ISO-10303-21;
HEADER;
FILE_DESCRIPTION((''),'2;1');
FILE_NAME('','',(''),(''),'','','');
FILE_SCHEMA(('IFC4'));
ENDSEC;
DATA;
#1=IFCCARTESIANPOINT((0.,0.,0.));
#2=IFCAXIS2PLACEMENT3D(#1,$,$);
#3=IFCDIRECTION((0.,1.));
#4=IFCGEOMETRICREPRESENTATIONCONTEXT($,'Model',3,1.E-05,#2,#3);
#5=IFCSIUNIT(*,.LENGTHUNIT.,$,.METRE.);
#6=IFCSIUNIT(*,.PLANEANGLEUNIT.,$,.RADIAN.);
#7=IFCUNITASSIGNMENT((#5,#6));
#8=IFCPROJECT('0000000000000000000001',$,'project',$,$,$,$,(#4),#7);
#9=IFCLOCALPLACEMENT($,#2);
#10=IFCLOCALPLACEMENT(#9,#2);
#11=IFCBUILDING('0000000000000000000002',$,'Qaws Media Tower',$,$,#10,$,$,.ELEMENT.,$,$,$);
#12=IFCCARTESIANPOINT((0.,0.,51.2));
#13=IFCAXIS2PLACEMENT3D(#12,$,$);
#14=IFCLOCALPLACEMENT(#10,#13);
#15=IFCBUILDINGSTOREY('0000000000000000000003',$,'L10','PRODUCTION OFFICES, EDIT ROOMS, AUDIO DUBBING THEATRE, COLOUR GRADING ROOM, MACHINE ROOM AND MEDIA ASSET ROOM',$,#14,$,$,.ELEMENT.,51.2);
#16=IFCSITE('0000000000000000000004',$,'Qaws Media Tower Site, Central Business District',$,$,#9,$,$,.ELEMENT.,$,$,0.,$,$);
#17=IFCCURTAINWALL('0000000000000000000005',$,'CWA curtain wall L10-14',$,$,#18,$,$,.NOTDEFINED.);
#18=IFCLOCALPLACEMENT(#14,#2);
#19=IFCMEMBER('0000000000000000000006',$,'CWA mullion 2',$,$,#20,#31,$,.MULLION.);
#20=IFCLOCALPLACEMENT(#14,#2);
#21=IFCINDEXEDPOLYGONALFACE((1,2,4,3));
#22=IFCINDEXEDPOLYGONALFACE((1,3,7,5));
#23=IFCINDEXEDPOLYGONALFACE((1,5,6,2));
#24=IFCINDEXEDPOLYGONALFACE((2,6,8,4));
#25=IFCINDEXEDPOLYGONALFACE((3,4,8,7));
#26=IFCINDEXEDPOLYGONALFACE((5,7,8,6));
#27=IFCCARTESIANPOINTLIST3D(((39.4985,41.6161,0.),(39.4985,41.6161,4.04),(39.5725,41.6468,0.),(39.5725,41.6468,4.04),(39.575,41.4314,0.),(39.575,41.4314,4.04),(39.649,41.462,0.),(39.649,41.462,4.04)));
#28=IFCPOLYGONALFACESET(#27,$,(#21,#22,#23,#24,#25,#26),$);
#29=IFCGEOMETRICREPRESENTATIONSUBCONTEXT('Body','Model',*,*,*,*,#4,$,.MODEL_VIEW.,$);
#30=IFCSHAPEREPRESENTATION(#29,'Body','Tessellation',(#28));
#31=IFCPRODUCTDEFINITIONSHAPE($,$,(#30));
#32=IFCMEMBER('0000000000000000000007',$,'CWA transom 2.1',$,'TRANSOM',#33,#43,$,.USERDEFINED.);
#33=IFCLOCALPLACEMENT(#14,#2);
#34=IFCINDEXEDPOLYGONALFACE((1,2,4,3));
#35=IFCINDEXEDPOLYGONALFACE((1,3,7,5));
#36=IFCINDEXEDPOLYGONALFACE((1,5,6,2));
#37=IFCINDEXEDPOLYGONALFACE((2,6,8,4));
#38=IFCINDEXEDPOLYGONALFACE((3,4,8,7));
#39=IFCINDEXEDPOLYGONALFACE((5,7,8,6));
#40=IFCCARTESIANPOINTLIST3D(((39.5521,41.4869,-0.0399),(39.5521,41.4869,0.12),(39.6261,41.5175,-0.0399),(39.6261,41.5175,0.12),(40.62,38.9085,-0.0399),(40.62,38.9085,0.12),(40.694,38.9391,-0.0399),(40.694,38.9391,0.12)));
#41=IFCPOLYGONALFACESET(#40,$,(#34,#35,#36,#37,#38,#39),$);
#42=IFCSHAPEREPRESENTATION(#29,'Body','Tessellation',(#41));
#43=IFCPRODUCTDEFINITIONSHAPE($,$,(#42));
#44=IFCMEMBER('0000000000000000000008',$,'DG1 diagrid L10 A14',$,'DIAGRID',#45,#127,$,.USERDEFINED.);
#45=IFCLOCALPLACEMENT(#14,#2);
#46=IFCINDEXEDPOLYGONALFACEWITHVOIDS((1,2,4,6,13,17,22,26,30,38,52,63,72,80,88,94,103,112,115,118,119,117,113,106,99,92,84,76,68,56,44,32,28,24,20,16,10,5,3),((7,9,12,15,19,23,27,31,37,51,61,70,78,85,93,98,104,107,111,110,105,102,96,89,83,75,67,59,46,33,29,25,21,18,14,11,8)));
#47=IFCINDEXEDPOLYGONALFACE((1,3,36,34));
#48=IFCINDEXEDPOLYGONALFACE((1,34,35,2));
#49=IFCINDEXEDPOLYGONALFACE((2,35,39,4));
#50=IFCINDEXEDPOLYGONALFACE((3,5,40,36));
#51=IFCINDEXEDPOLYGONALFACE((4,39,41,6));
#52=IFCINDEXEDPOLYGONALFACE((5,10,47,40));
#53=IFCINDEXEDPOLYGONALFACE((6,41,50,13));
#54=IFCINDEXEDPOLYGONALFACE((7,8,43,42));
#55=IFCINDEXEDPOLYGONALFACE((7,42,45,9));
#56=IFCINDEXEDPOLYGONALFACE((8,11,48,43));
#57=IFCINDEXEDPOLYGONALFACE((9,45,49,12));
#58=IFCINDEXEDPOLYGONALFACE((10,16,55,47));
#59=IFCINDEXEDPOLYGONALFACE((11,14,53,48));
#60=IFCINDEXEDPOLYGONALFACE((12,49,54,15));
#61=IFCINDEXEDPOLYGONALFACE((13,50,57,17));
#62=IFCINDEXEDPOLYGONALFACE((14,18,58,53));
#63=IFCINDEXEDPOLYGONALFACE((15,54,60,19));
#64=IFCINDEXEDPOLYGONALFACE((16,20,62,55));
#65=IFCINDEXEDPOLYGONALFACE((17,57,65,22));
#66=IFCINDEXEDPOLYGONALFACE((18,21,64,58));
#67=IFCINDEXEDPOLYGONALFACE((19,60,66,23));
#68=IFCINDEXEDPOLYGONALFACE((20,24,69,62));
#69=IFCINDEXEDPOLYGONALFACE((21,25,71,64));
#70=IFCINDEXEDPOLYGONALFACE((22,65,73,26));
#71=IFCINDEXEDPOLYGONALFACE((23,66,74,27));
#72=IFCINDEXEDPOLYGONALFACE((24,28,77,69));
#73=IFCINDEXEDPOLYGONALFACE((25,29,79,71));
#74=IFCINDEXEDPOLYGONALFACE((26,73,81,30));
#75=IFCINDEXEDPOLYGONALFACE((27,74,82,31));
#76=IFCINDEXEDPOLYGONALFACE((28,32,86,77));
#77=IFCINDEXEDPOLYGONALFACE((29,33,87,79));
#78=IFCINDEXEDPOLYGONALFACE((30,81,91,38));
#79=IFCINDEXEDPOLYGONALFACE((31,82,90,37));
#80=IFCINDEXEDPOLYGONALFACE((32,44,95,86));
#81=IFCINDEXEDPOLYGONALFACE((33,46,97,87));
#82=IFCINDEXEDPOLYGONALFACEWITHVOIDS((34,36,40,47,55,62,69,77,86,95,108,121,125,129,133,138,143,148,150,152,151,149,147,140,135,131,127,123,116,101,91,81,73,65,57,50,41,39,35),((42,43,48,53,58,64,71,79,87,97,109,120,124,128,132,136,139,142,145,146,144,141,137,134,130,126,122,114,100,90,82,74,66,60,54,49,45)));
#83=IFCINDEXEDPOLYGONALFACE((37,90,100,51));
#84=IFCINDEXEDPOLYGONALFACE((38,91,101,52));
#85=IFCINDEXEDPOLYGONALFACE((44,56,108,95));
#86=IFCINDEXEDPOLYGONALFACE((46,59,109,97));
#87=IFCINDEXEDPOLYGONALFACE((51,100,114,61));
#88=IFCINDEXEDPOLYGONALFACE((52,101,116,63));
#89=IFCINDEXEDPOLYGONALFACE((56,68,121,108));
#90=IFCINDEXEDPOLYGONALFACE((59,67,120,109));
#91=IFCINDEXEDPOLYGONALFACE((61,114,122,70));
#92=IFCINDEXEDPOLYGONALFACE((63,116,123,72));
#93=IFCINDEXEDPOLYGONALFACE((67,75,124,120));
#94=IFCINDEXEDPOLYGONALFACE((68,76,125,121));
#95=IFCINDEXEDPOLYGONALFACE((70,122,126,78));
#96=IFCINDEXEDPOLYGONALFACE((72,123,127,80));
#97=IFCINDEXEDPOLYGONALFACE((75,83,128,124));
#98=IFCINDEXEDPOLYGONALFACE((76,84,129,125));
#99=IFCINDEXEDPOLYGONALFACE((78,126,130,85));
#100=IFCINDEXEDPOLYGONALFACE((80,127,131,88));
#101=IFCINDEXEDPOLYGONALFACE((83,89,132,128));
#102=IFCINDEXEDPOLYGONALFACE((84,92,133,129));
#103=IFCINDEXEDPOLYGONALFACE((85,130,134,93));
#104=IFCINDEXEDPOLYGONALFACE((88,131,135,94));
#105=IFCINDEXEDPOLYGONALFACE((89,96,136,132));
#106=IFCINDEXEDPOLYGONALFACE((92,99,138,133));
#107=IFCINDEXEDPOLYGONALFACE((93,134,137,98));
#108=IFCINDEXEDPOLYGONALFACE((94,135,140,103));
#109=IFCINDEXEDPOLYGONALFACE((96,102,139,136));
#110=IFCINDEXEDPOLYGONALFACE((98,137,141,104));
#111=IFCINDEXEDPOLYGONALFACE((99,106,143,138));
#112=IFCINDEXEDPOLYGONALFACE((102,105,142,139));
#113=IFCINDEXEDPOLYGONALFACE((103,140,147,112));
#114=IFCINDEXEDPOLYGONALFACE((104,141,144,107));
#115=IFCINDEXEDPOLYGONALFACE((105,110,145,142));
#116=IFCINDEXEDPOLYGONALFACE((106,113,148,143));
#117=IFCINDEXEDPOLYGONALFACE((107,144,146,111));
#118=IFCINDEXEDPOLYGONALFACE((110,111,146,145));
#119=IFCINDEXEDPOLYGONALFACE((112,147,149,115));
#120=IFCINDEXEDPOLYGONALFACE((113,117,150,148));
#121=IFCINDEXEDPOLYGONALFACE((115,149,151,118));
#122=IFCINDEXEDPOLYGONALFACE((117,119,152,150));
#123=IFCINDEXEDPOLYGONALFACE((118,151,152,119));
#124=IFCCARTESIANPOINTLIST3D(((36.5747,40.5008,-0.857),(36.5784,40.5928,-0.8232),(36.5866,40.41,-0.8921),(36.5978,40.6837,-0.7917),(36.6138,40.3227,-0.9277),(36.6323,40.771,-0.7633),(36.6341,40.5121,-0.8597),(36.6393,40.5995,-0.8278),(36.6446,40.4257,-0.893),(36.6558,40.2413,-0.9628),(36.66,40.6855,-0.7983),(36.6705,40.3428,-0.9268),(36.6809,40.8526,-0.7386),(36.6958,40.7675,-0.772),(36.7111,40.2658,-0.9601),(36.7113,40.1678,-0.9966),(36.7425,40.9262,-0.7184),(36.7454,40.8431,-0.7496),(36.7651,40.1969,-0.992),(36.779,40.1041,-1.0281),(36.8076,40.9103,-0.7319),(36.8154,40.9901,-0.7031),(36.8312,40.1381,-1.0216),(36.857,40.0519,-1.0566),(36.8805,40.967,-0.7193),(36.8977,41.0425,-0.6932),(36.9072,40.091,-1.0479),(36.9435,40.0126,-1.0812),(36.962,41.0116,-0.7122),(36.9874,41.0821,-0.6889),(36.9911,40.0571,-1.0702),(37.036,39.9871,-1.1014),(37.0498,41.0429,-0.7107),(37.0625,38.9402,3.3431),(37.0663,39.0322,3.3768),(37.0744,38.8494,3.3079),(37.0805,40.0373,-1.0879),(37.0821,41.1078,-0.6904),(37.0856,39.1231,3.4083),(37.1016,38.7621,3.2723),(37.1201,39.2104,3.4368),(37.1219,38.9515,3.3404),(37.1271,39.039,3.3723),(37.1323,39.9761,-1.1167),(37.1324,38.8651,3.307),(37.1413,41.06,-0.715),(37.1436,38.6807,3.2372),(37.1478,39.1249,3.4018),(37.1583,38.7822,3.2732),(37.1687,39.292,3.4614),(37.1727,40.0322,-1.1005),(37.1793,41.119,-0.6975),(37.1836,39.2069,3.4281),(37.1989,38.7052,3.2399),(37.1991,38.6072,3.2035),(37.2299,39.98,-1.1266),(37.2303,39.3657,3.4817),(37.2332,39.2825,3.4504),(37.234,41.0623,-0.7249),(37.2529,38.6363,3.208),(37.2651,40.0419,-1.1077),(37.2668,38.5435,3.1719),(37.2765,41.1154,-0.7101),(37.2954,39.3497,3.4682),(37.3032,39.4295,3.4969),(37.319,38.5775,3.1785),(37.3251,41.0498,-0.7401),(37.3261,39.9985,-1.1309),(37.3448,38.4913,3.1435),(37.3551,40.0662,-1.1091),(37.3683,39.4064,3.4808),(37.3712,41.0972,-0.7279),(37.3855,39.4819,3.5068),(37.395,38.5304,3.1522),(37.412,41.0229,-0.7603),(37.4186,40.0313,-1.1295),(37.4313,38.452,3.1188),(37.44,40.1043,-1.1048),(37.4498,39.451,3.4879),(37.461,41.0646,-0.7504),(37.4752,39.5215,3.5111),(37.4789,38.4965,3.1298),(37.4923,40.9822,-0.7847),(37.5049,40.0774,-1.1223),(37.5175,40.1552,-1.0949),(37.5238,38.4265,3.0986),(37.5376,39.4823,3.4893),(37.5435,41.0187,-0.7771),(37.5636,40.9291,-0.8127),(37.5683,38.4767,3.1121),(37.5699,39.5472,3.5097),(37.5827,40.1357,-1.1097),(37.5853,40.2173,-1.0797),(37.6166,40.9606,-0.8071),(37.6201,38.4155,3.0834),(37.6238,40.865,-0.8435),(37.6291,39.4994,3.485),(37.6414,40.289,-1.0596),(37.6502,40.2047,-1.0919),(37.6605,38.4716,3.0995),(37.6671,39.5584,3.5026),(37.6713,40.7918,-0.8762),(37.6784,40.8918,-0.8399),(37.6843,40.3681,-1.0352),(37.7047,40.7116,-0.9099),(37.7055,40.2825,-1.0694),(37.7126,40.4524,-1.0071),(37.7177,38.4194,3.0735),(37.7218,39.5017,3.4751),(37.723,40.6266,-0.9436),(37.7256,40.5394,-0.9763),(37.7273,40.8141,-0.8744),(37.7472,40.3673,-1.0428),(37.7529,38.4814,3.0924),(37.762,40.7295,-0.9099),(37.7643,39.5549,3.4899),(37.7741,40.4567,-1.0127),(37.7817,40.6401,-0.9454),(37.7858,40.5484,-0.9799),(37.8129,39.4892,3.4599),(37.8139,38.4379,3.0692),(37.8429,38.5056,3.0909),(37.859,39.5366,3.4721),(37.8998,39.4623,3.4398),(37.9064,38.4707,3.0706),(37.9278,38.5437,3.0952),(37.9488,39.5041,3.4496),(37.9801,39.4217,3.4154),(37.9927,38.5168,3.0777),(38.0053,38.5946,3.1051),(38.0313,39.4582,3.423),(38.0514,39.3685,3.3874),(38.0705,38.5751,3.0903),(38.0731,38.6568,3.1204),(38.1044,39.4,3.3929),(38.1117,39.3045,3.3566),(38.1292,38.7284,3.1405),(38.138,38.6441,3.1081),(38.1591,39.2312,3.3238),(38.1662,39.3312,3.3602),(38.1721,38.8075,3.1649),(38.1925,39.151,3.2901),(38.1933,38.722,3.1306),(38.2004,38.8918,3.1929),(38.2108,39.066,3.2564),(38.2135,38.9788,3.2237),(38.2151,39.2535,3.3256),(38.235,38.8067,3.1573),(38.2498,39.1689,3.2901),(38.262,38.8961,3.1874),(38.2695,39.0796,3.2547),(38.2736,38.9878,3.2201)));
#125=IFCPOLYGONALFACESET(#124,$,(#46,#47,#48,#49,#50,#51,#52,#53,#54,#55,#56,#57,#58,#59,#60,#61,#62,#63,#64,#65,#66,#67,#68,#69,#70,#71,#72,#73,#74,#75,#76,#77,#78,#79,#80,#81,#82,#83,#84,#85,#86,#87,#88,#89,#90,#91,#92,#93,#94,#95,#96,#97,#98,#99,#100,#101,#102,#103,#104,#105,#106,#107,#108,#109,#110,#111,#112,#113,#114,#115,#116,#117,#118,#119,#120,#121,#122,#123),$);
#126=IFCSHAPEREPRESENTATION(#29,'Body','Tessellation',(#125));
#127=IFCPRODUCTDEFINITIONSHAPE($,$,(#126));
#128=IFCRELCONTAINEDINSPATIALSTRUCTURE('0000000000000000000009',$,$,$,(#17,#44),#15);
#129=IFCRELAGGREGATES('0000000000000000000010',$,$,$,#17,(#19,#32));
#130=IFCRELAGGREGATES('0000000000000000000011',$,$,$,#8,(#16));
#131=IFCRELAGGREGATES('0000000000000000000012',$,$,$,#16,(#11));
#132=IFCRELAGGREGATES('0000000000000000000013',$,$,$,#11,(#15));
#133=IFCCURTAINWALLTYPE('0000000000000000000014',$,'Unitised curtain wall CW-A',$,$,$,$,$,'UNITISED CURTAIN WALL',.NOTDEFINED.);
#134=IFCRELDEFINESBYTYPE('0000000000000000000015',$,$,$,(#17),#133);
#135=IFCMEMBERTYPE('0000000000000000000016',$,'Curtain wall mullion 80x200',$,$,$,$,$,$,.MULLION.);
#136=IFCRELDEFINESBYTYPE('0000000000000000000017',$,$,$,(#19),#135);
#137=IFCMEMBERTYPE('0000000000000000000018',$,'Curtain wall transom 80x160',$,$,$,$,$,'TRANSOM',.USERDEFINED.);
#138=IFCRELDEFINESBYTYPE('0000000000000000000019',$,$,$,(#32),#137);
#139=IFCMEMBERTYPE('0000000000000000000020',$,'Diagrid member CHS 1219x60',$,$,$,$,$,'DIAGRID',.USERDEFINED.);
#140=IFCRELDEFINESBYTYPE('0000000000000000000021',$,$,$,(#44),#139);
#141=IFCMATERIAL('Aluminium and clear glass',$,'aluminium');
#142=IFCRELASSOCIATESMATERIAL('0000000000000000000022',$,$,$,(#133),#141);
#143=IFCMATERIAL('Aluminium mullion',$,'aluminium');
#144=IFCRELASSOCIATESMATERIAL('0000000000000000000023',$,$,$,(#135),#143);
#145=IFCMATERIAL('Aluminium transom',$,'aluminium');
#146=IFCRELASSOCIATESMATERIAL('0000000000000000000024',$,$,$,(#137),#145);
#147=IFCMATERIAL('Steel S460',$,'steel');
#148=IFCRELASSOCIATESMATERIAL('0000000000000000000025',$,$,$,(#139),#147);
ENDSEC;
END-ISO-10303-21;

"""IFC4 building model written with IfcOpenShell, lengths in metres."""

from ifc_helpers import new_model, si_unit, direction, frame, origin, origin_2d, place, context, subcontext, project, spatial, rectangle, hollow_circle, extrude, material, material_profile, profile_set, type_object, element, aggregate, save


model = new_model("IFC4")

# Units and contexts
model_context = context("Model", 3, precision=1e-05, world=origin(), true_north=direction((0.0, 1.0)))
body_context = subcontext(model_context, "Body", "Model", "MODEL_VIEW")
ifc_project = project(units=[si_unit("LENGTHUNIT", "METRE"), si_unit("PLANEANGLEUNIT", "RADIAN")], contexts=[model_context])

# Site, building, storey
site_placement = place(None, origin())
site = spatial("IfcSite", under=ifc_project, at=site_placement, Name="Qaws Media Tower Site, Central Business District", CompositionType="ELEMENT", RefElevation=0.0)
building_placement = place(site_placement, origin())
building = spatial("IfcBuilding", under=site, at=building_placement, Name="Qaws Media Tower", CompositionType="ELEMENT")
storey_placement = place(building_placement, frame((0.0, 0.0, 51.2)))
storey = spatial("IfcBuildingStorey", under=building, at=storey_placement, Name="L10", Description="PRODUCTION OFFICES, EDIT ROOMS, AUDIO DUBBING THEATRE, COLOUR GRADING ROOM, MACHINE ROOM AND MEDIA ASSET ROOM", CompositionType="ELEMENT", Elevation=51.2)

# Curtain wall, members
ifc_material_1 = material(Name="Aluminium and clear glass", Category="aluminium")
curtain_wall_type = type_object("IfcCurtainWallType", Name="Unitised curtain wall CW-A", ElementType="UNITISED CURTAIN WALL", PredefinedType="NOTDEFINED", material=ifc_material_1)
curtain_wall_placement = place(storey_placement, origin())
curtain_wall = element("IfcCurtainWall", 1, at=curtain_wall_placement, inside=storey, type_object=curtain_wall_type, Name="CWA curtain wall L10-14", PredefinedType="NOTDEFINED")
ifc_material_2 = material(Name="Aluminium mullion", Category="aluminium")
ifc_material_profile_1 = material_profile(ifc_material_2, rectangle(XDim=0.0801, YDim=0.2, at=origin_2d()), Name="80x200")
ifc_profile_set_1 = profile_set([ifc_material_profile_1], Name="Aluminium mullion")
member_type_1 = type_object("IfcMemberType", Name="Curtain wall mullion 80x200", PredefinedType="MULLION", material=ifc_profile_set_1)
member_1_placement = place(storey_placement, frame((39.5737, 41.5391, 0.0), z_axis=(0.0, 0.0, 1.0), x_axis=(0.92388, 0.382683, 0.0)))
member_1 = element("IfcMember", 2, at=member_1_placement, type_object=member_type_1, Name="CWA mullion 2", PredefinedType="MULLION", context=body_context, shape_type="SweptSolid", body=[
    extrude(rectangle(XDim=0.0801, YDim=0.2, at=origin_2d()), origin(), (0.0, 0.0, 1.0), 4.04),
])
ifc_material_3 = material(Name="Aluminium transom", Category="aluminium")
ifc_material_profile_2 = material_profile(ifc_material_3, rectangle(XDim=0.0801, YDim=0.1599, at=origin_2d()), Name="80x160")
ifc_profile_set_2 = profile_set([ifc_material_profile_2], Name="Aluminium transom")
member_type_2 = type_object("IfcMemberType", Name="Curtain wall transom 80x160", ElementType="TRANSOM", PredefinedType="USERDEFINED", material=ifc_profile_set_2)
member_2_placement = place(storey_placement, frame((39.5891, 41.5022, 0.04), z_axis=(0.382645, -0.923895, 0.0), x_axis=(0.923895, 0.382645, 0.0)))
member_2 = element("IfcMember", 3, at=member_2_placement, type_object=member_type_2, Name="CWA transom 2.1", ObjectType="TRANSOM", PredefinedType="USERDEFINED", context=body_context, shape_type="SweptSolid", body=[
    extrude(rectangle(XDim=0.0801, YDim=0.1599, at=origin_2d()), origin(), (0.0, 0.0, 1.0), 2.7908),
])

# Member
ifc_material_4 = material(Name="Steel S460", Category="steel")
ifc_material_profile_3 = material_profile(ifc_material_4, hollow_circle(Radius=0.6096, WallThickness=0.0601, at=origin_2d()), Name="CHS 1219x60")
ifc_profile_set_3 = profile_set([ifc_material_profile_3], Name="Steel S460")
member_type_3 = type_object("IfcMemberType", Name="Diagrid member CHS 1219x60", ElementType="DIAGRID", PredefinedType="USERDEFINED", material=ifc_profile_set_3)
for number, where, z_axis, x_axis, name in (
    (4, (37.1802, 40.5476, -0.9099), (0.108231, -0.346251, 0.931878), (0.954459, 0.298343, 0.0), "DG1 diagrid L10 A14"),
):
    element("IfcMember", number, at=place(storey_placement, frame(where, z_axis=z_axis, x_axis=x_axis)), inside=storey, type_object=member_type_3, Name=name, ObjectType="DIAGRID", PredefinedType="USERDEFINED", context=body_context, shape_type="SweptSolid", body=[
        extrude(hollow_circle(Radius=0.6096, WallThickness=0.0601, at=origin_2d()), origin(), (0.0, 0.0, 1.0), 4.5071),
    ])

aggregate(curtain_wall, [member_1, member_2])

save(model, "model.ifc")
